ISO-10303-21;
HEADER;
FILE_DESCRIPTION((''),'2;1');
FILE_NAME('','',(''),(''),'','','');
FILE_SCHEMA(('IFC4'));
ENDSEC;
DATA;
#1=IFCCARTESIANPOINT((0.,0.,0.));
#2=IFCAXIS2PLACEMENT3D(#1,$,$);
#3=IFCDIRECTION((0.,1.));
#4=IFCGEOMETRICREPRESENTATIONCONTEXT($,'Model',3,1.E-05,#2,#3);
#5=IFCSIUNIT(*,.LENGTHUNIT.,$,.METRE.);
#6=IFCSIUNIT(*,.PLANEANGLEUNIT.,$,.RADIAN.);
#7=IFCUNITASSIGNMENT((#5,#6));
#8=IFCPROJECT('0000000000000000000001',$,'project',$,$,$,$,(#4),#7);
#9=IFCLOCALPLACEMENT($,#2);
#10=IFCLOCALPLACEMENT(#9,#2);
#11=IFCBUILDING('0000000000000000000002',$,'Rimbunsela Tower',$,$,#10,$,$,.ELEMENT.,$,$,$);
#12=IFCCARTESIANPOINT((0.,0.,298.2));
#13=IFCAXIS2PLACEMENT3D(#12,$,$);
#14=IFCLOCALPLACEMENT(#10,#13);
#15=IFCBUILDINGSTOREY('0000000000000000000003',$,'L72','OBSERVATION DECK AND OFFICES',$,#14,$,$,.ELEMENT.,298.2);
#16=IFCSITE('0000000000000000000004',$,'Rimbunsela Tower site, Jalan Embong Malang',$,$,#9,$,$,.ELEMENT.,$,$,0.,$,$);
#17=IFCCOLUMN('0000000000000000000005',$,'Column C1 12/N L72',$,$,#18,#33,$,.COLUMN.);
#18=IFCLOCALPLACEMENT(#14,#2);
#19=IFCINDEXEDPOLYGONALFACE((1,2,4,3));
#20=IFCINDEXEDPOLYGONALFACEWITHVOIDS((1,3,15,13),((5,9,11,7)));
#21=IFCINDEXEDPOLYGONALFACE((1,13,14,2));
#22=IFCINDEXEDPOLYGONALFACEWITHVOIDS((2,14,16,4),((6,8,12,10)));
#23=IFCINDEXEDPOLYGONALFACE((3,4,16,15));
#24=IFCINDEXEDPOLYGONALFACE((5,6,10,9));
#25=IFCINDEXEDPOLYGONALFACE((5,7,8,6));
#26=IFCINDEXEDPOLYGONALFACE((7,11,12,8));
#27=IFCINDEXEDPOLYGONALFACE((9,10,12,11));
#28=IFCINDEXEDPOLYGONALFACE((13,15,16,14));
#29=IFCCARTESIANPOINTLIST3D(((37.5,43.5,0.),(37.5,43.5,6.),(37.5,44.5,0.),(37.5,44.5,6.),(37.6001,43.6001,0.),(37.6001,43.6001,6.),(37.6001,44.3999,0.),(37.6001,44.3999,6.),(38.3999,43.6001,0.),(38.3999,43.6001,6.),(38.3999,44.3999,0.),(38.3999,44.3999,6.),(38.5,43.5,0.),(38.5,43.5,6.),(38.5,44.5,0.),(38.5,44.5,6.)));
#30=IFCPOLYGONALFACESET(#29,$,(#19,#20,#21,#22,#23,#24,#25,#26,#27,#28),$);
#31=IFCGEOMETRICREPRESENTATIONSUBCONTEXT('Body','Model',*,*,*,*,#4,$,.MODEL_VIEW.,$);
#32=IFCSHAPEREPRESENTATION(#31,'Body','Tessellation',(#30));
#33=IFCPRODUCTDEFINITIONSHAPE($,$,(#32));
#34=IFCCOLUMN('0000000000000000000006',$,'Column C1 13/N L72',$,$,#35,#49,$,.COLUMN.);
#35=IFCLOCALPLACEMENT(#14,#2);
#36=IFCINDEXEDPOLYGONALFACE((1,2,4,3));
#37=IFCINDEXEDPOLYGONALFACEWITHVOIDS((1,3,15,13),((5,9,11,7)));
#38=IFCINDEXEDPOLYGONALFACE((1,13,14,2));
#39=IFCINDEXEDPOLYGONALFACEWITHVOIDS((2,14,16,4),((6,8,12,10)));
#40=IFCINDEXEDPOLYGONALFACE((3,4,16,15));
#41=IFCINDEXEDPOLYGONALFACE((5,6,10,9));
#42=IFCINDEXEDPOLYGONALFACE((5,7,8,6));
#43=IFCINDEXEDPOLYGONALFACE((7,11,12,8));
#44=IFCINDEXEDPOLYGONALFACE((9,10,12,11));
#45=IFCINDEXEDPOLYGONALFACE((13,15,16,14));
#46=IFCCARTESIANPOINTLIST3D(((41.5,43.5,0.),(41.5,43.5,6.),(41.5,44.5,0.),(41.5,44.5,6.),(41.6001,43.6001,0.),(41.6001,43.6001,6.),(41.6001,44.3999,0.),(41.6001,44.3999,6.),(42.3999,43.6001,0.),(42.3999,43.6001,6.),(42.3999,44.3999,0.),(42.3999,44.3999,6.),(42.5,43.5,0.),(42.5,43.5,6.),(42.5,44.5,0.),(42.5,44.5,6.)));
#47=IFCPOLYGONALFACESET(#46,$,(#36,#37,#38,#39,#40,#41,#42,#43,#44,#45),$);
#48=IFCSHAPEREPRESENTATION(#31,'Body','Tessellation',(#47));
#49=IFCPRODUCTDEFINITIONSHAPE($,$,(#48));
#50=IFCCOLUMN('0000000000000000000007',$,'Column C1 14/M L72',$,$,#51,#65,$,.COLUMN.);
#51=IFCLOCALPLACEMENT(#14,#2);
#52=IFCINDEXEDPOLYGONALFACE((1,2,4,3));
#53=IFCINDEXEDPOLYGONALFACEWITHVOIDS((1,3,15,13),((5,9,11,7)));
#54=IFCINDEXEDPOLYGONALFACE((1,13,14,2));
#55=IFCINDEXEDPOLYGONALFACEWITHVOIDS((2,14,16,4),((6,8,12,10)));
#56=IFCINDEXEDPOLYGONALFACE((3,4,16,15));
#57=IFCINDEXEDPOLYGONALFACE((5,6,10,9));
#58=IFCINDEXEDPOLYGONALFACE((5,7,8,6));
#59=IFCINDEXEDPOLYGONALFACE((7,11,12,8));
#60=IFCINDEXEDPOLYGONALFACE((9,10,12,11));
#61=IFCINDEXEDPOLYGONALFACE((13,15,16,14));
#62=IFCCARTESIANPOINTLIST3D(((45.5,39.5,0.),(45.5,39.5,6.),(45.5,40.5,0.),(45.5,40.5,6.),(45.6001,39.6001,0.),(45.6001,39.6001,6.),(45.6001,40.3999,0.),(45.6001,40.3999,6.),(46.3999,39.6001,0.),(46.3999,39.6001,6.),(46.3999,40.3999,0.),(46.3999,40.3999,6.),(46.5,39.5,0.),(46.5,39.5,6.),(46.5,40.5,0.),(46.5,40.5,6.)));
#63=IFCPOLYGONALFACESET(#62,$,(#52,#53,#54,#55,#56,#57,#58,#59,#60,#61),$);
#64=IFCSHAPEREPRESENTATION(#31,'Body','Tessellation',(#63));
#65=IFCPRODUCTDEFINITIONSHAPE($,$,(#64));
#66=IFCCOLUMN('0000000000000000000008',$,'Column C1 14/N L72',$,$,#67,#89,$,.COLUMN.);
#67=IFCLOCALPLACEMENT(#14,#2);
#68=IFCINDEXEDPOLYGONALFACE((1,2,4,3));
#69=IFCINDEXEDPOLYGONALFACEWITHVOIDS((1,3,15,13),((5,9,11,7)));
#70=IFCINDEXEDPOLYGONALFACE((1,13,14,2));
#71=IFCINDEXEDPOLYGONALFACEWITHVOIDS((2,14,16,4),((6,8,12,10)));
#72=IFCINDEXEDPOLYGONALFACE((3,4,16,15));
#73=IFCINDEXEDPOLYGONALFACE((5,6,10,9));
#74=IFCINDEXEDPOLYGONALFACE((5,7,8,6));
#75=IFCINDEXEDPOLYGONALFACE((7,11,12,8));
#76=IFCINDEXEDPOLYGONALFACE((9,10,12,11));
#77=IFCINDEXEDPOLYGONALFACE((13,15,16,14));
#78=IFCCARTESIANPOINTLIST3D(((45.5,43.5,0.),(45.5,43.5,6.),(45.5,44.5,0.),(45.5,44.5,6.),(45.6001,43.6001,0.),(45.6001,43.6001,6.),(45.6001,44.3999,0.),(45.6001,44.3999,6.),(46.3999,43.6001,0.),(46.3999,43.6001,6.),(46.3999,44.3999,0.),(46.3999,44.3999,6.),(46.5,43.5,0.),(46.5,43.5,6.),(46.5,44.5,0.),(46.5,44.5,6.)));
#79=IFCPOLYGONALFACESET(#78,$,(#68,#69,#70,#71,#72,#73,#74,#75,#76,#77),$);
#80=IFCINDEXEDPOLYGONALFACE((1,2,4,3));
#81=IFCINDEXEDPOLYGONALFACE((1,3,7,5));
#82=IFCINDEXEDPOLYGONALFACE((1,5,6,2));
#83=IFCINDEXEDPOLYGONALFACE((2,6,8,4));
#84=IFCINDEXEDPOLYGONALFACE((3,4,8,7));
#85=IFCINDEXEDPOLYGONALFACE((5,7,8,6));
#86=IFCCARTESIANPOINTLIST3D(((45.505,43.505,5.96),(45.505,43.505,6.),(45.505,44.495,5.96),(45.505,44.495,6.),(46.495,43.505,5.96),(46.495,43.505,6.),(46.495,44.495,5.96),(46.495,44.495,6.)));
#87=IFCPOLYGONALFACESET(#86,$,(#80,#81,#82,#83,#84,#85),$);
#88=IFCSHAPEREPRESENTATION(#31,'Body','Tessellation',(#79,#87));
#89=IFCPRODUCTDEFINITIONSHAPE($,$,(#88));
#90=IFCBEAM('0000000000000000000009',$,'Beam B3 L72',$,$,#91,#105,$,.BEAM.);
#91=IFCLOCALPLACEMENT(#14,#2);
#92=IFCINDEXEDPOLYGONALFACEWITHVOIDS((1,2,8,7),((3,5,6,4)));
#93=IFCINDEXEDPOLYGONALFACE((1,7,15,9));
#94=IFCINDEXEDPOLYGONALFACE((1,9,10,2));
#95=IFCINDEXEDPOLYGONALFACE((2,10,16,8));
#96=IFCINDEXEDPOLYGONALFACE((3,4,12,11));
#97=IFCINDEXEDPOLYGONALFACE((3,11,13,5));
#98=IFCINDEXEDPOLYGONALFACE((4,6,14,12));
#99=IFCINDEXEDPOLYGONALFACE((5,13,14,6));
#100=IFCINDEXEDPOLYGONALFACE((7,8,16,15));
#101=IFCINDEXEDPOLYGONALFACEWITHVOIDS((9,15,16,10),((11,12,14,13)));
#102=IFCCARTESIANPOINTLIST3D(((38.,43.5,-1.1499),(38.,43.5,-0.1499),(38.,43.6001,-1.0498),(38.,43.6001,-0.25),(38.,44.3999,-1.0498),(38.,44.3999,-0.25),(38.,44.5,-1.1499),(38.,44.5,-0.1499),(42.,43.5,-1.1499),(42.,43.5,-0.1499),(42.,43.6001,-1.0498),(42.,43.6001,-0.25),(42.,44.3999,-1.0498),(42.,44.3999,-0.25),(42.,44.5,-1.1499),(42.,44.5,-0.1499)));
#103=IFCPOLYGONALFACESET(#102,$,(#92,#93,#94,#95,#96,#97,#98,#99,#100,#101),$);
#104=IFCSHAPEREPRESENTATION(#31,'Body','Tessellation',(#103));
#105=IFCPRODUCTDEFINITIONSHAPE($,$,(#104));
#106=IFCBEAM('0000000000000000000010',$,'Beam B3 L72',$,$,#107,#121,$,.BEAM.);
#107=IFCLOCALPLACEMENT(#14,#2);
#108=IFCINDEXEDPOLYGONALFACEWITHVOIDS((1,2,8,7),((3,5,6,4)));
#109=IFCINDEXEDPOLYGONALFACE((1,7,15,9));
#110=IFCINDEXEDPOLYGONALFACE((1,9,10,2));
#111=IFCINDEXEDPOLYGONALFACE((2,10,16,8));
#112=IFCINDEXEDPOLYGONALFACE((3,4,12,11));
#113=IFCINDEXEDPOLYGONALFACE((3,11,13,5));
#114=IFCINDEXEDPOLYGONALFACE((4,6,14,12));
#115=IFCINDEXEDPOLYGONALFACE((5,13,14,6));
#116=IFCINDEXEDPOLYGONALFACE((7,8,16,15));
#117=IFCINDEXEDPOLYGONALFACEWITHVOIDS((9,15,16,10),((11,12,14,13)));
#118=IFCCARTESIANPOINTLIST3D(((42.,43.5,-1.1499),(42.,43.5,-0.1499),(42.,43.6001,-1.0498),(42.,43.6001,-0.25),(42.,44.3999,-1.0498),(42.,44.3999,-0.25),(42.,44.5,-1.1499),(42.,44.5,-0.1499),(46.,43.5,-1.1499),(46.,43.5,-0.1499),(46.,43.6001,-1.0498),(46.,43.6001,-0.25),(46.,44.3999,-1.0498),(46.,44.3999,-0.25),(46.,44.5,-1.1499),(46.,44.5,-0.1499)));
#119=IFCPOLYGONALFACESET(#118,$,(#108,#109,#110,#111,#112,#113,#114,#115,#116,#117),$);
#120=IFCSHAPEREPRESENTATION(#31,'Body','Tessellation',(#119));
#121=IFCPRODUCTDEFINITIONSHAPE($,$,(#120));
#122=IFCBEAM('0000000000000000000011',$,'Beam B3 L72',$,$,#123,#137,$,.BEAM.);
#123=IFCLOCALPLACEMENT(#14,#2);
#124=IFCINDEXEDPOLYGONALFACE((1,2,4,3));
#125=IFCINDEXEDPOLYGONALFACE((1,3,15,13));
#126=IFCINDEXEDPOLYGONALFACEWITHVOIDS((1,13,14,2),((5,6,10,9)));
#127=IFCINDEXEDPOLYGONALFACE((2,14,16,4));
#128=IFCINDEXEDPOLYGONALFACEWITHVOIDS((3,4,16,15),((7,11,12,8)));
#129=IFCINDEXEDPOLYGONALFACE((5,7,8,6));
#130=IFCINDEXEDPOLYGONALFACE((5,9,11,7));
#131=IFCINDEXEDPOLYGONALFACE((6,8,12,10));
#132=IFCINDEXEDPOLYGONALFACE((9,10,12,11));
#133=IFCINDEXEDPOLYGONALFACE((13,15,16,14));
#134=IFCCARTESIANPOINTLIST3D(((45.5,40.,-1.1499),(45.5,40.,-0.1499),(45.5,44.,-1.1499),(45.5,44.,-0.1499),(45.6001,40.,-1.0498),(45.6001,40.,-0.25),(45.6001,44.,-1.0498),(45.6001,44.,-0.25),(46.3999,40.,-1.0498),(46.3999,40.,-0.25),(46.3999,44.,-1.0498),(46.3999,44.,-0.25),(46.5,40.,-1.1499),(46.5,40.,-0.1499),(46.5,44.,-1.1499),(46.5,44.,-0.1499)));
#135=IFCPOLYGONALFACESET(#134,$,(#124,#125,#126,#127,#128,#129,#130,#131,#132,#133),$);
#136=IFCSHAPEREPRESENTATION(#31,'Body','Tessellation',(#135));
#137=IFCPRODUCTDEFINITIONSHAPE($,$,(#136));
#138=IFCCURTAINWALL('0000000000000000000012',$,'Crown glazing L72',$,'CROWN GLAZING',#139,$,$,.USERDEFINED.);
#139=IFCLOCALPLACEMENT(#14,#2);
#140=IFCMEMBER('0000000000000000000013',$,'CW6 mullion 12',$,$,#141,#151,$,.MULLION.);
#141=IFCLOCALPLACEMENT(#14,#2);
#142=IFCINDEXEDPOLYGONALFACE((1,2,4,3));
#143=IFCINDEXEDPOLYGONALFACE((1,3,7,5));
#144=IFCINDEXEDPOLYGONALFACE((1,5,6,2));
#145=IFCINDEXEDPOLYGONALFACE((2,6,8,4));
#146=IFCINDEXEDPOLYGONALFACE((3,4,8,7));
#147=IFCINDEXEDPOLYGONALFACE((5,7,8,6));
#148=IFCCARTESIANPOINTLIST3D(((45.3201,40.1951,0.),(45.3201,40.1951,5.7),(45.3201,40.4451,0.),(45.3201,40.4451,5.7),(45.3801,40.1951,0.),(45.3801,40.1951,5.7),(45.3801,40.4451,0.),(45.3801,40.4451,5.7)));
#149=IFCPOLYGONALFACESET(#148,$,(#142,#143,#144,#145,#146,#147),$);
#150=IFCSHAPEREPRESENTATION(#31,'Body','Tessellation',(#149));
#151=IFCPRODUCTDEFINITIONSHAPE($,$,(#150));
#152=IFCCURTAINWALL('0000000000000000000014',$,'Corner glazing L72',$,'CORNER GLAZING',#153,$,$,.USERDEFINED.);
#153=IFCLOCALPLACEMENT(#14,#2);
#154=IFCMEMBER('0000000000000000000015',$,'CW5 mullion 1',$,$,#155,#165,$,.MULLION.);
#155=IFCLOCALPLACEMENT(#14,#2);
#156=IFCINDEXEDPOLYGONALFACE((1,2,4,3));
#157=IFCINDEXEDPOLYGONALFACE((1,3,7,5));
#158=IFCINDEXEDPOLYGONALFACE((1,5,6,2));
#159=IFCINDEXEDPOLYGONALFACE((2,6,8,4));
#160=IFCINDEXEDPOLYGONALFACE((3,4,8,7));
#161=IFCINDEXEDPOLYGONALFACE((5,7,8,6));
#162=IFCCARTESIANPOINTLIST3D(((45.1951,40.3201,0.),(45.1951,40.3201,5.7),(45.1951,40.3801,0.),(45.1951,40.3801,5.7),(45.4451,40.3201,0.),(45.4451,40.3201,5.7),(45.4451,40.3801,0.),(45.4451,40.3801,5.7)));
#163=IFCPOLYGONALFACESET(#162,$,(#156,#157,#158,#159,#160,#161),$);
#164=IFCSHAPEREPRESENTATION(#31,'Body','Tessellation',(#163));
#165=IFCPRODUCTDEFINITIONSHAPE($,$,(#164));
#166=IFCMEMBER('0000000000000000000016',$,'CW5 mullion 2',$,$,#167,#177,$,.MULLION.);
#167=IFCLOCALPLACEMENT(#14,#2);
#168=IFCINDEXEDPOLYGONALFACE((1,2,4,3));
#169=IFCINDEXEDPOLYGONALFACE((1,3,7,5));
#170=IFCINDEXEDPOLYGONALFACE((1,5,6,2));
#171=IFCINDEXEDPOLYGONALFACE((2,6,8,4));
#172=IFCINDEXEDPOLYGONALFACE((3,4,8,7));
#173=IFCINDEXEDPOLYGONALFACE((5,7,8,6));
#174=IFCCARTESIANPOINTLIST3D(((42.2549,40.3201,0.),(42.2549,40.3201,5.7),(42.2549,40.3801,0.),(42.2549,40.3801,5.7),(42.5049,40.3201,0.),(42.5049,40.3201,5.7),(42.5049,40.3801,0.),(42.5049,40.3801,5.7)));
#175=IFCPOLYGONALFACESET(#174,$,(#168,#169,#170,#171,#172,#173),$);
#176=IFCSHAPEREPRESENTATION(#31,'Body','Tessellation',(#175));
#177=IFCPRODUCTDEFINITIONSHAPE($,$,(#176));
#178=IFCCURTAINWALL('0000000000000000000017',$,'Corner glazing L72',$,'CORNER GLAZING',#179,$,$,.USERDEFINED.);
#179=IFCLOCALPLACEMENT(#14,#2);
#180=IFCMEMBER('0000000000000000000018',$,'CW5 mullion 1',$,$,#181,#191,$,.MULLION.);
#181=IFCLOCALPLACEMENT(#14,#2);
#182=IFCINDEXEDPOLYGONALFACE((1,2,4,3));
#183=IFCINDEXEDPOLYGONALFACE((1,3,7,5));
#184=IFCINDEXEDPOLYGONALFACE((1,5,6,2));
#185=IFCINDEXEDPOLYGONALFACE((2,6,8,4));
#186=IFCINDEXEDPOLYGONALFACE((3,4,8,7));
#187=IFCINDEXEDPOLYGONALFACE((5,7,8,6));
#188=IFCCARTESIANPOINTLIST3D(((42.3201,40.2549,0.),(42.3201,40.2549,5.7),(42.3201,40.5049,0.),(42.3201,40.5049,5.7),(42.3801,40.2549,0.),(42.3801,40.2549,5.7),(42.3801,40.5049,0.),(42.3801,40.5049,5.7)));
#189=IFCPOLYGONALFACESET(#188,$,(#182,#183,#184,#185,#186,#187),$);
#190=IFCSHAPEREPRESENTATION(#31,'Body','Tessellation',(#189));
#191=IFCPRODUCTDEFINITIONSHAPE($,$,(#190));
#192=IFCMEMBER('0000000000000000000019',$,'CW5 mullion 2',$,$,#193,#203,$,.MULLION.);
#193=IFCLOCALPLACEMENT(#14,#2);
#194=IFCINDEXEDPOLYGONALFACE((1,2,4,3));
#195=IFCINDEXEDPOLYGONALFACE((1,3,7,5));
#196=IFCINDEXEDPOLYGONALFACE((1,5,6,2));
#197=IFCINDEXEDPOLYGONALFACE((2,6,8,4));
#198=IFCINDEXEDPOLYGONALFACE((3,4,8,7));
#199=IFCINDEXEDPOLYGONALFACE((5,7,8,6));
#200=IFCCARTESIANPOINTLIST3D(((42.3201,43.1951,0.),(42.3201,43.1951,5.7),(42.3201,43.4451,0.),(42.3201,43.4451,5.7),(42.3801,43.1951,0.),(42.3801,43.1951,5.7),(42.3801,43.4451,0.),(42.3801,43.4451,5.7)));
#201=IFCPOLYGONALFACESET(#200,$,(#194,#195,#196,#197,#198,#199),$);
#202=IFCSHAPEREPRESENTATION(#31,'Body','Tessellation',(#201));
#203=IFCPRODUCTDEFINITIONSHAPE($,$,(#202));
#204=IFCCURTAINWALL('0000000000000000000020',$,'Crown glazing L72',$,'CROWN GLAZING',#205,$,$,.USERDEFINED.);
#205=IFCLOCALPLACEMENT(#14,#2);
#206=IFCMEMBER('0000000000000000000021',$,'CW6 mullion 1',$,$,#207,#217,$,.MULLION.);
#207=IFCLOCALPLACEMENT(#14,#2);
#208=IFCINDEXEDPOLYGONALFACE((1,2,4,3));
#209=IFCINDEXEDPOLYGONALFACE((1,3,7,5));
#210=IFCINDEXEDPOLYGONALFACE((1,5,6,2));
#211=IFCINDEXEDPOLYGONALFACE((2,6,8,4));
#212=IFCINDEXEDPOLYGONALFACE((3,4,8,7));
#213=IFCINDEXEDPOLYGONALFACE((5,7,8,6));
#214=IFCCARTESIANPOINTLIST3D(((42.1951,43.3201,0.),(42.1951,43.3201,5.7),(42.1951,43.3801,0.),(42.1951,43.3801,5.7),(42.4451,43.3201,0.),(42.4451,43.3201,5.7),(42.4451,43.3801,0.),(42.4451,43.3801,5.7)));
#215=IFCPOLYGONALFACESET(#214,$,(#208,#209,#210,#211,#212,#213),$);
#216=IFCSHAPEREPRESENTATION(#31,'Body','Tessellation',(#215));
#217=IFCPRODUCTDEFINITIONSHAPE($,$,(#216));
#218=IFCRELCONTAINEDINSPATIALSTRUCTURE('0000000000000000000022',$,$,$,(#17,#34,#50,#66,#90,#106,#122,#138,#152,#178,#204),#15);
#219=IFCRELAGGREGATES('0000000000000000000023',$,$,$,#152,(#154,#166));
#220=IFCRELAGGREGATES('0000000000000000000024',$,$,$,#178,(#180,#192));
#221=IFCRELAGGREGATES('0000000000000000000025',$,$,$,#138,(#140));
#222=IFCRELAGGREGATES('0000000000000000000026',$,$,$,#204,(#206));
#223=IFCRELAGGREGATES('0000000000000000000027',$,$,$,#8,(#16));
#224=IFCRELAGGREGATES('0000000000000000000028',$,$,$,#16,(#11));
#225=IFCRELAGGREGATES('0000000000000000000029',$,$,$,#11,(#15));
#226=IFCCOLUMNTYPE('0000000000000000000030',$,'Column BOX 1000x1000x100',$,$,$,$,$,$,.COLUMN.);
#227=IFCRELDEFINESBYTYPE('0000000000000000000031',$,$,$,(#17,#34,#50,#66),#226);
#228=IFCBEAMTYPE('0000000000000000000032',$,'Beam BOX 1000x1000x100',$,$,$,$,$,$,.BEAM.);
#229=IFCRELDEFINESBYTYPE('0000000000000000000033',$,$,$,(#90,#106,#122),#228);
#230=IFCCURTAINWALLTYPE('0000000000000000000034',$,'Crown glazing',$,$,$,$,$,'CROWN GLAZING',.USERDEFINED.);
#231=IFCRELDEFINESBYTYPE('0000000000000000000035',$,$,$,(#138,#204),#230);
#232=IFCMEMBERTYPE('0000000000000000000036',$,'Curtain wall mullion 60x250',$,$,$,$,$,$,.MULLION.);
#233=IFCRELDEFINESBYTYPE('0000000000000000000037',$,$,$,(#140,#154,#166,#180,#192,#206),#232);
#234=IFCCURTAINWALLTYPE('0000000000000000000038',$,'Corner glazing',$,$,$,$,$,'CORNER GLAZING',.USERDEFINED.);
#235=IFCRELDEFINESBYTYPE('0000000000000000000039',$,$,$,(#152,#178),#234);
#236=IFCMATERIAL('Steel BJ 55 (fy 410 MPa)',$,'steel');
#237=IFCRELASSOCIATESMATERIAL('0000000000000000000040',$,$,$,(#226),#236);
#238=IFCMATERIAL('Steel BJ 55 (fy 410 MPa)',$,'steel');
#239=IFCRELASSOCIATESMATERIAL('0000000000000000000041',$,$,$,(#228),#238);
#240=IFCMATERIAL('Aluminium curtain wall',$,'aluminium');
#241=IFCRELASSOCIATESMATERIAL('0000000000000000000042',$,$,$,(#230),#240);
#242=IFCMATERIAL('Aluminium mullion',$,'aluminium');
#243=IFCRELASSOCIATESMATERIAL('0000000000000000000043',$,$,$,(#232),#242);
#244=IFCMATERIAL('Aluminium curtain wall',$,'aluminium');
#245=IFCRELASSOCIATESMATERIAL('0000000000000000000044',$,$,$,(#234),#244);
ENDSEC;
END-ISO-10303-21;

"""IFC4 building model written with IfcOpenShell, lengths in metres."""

from ifc_helpers import new_model, si_unit, direction, frame, origin, origin_2d, place, context, subcontext, project, spatial, rectangle, hollow_rectangle, extrude, material, material_profile, profile_set, type_object, element, aggregate, save


model = new_model("IFC4")

# Units and contexts
model_context = context("Model", 3, precision=1e-05, world=origin(), true_north=direction((0.0, 1.0)))
body_context = subcontext(model_context, "Body", "Model", "MODEL_VIEW")
ifc_project = project(units=[si_unit("LENGTHUNIT", "METRE"), si_unit("PLANEANGLEUNIT", "RADIAN")], contexts=[model_context])

# Site, building, storey
site_placement = place(None, origin())
site = spatial("IfcSite", under=ifc_project, at=site_placement, Name="Rimbunsela Tower site, Jalan Embong Malang", CompositionType="ELEMENT", RefElevation=0.0)
building_placement = place(site_placement, origin())
building = spatial("IfcBuilding", under=site, at=building_placement, Name="Rimbunsela Tower", CompositionType="ELEMENT")
storey_placement = place(building_placement, frame((0.0, 0.0, 298.2)))
storey = spatial("IfcBuildingStorey", under=building, at=storey_placement, Name="L72", Description="OBSERVATION DECK AND OFFICES", CompositionType="ELEMENT", Elevation=298.2)

# Columns
ifc_material_1 = material(Name="Steel BJ 55 (fy 410 MPa)", Category="steel")
ifc_material_profile_1 = material_profile(ifc_material_1, hollow_rectangle(XDim=1.0, YDim=1.0, WallThickness=0.1001, at=origin_2d()), Name="BOX 1000x1000x100")
ifc_profile_set_1 = profile_set([ifc_material_profile_1], Name="Steel BJ 55 (fy 410 MPa)")
column_type = type_object("IfcColumnType", Name="Column BOX 1000x1000x100", PredefinedType="COLUMN", material=ifc_profile_set_1)
for number, where, z_axis, x_axis, name in (
    (1, (38.0, 44.0, 0.0), (0.0, 0.0, 1.0), (1.0, 0.0, 0.0), "Column C1 12/N L72"),
    (2, (42.0, 44.0, 0.0), (0.0, 0.0, 1.0), (1.0, 0.0, 0.0), "Column C1 13/N L72"),
    (3, (46.0, 40.0, 0.0), (0.0, 0.0, 1.0), (1.0, 0.0, 0.0), "Column C1 14/M L72"),
):
    element("IfcColumn", number, at=place(storey_placement, frame(where, z_axis=z_axis, x_axis=x_axis)), inside=storey, type_object=column_type, Name=name, PredefinedType="COLUMN", context=body_context, shape_type="SweptSolid", body=[
        extrude(hollow_rectangle(XDim=1.0, YDim=1.0, WallThickness=0.1001, at=origin_2d()), origin(), (0.0, 0.0, 1.0), 6.0),
    ])
column_placement = place(storey_placement, frame((46.0, 44.0, 0.0), z_axis=(0.0, 0.0, 1.0), x_axis=(1.0, 0.0, 0.0)))
element("IfcColumn", 4, at=column_placement, inside=storey, type_object=column_type, Name="Column C1 14/N L72", PredefinedType="COLUMN", context=body_context, shape_type="SweptSolid", body=[
    extrude(hollow_rectangle(XDim=1.0, YDim=1.0, WallThickness=0.1001, at=origin_2d()), origin(), (0.0, 0.0, 1.0), 6.0),
    extrude(rectangle(XDim=0.99, YDim=0.99, at=origin_2d()), frame((0.0, 0.0, 5.96)), (0.0, 0.0, 1.0), 0.04),
])

# Beams
ifc_material_2 = material(Name="Steel BJ 55 (fy 410 MPa)", Category="steel")
ifc_material_profile_2 = material_profile(ifc_material_2, hollow_rectangle(XDim=1.0, YDim=1.0, WallThickness=0.1001, at=origin_2d()), Name="BOX 1000x1000x100")
ifc_profile_set_2 = profile_set([ifc_material_profile_2], Name="Steel BJ 55 (fy 410 MPa)")
beam_type = type_object("IfcBeamType", Name="Beam BOX 1000x1000x100", PredefinedType="BEAM", material=ifc_profile_set_2)
for number, where, z_axis, x_axis, name in (
    (5, (38.0, 44.0, -0.6499), (1.0, 0.0, 0.0), (0.0, 1.0, 0.0), "Beam B3 L72"),
    (6, (42.0, 44.0, -0.6499), (1.0, 0.0, 0.0), (0.0, 1.0, 0.0), "Beam B3 L72"),
    (7, (46.0, 40.0, -0.6499), (0.0, 1.0, 0.0), (-1.0, 0.0, 0.0), "Beam B3 L72"),
):
    element("IfcBeam", number, at=place(storey_placement, frame(where, z_axis=z_axis, x_axis=x_axis)), inside=storey, type_object=beam_type, Name=name, PredefinedType="BEAM", context=body_context, shape_type="SweptSolid", body=[
        extrude(hollow_rectangle(XDim=1.0, YDim=1.0, WallThickness=0.1001, at=origin_2d()), origin(), (0.0, 0.0, 1.0), 4.0),
    ])

# Curtain wall, member
ifc_material_3 = material(Name="Aluminium curtain wall", Category="aluminium")
curtain_wall_type_1 = type_object("IfcCurtainWallType", Name="Crown glazing", ElementType="CROWN GLAZING", PredefinedType="USERDEFINED", material=ifc_material_3)
curtain_wall_1_placement = place(storey_placement, origin())
curtain_wall_1 = element("IfcCurtainWall", 8, at=curtain_wall_1_placement, inside=storey, type_object=curtain_wall_type_1, Name="Crown glazing L72", ObjectType="CROWN GLAZING", PredefinedType="USERDEFINED")
ifc_material_4 = material(Name="Aluminium mullion", Category="aluminium")
ifc_material_profile_3 = material_profile(ifc_material_4, rectangle(XDim=0.0601, YDim=0.25, at=origin_2d()), Name="Mullion 60x250")
ifc_profile_set_3 = profile_set([ifc_material_profile_3], Name="Aluminium mullion")
member_type_1 = type_object("IfcMemberType", Name="Curtain wall mullion 60x250", PredefinedType="MULLION", material=ifc_profile_set_3)
member_1_placement = place(storey_placement, frame((45.3501, 40.3201, 0.0), z_axis=(0.0, 0.0, 1.0), x_axis=(-1.0, 0.0, 0.0)))
member_1 = element("IfcMember", 9, at=member_1_placement, type_object=member_type_1, Name="CW6 mullion 12", PredefinedType="MULLION", context=body_context, shape_type="SweptSolid", body=[
    extrude(rectangle(XDim=0.0601, YDim=0.25, at=origin_2d()), origin(), (0.0, 0.0, 1.0), 5.7),
])

# Curtain walls, members
ifc_material_5 = material(Name="Aluminium curtain wall", Category="aluminium")
curtain_wall_type_2 = type_object("IfcCurtainWallType", Name="Corner glazing", ElementType="CORNER GLAZING", PredefinedType="USERDEFINED", material=ifc_material_5)
curtain_wall_2_placement = place(storey_placement, origin())
curtain_wall_2 = element("IfcCurtainWall", 10, at=curtain_wall_2_placement, inside=storey, type_object=curtain_wall_type_2, Name="Corner glazing L72", ObjectType="CORNER GLAZING", PredefinedType="USERDEFINED")
member_2_placement = place(storey_placement, frame((45.3201, 40.3501, 0.0), z_axis=(0.0, 0.0, 1.0), x_axis=(0.0, -1.0, 0.0)))
member_2 = element("IfcMember", 11, at=member_2_placement, type_object=member_type_1, Name="CW5 mullion 1", PredefinedType="MULLION", context=body_context, shape_type="SweptSolid", body=[
    extrude(rectangle(XDim=0.0601, YDim=0.25, at=origin_2d()), origin(), (0.0, 0.0, 1.0), 5.7),
])
member_3_placement = place(storey_placement, frame((42.3799, 40.3501, 0.0), z_axis=(0.0, 0.0, 1.0), x_axis=(0.0, -1.0, 0.0)))
member_3 = element("IfcMember", 12, at=member_3_placement, type_object=member_type_1, Name="CW5 mullion 2", PredefinedType="MULLION", context=body_context, shape_type="SweptSolid", body=[
    extrude(rectangle(XDim=0.0601, YDim=0.25, at=origin_2d()), origin(), (0.0, 0.0, 1.0), 5.7),
])
curtain_wall_3_placement = place(storey_placement, origin())
curtain_wall_3 = element("IfcCurtainWall", 13, at=curtain_wall_3_placement, inside=storey, type_object=curtain_wall_type_2, Name="Corner glazing L72", ObjectType="CORNER GLAZING", PredefinedType="USERDEFINED")
member_4_placement = place(storey_placement, frame((42.3501, 40.3799, 0.0), z_axis=(0.0, 0.0, 1.0), x_axis=(-1.0, 0.0, 0.0)))
member_4 = element("IfcMember", 14, at=member_4_placement, type_object=member_type_1, Name="CW5 mullion 1", PredefinedType="MULLION", context=body_context, shape_type="SweptSolid", body=[
    extrude(rectangle(XDim=0.0601, YDim=0.25, at=origin_2d()), origin(), (0.0, 0.0, 1.0), 5.7),
])
member_5_placement = place(storey_placement, frame((42.3501, 43.3201, 0.0), z_axis=(0.0, 0.0, 1.0), x_axis=(-1.0, 0.0, 0.0)))
member_5 = element("IfcMember", 15, at=member_5_placement, type_object=member_type_1, Name="CW5 mullion 2", PredefinedType="MULLION", context=body_context, shape_type="SweptSolid", body=[
    extrude(rectangle(XDim=0.0601, YDim=0.25, at=origin_2d()), origin(), (0.0, 0.0, 1.0), 5.7),
])
curtain_wall_4_placement = place(storey_placement, origin())
curtain_wall_4 = element("IfcCurtainWall", 16, at=curtain_wall_4_placement, inside=storey, type_object=curtain_wall_type_1, Name="Crown glazing L72", ObjectType="CROWN GLAZING", PredefinedType="USERDEFINED")
member_6_placement = place(storey_placement, frame((42.3201, 43.3501, 0.0), z_axis=(0.0, 0.0, 1.0), x_axis=(0.0, -1.0, 0.0)))
member_6 = element("IfcMember", 17, at=member_6_placement, type_object=member_type_1, Name="CW6 mullion 1", PredefinedType="MULLION", context=body_context, shape_type="SweptSolid", body=[
    extrude(rectangle(XDim=0.0601, YDim=0.25, at=origin_2d()), origin(), (0.0, 0.0, 1.0), 5.7),
])

aggregate(curtain_wall_2, [member_2, member_3])
aggregate(curtain_wall_3, [member_4, member_5])
aggregate(curtain_wall_1, [member_1])
aggregate(curtain_wall_4, [member_6])

save(model, "model.ifc")
